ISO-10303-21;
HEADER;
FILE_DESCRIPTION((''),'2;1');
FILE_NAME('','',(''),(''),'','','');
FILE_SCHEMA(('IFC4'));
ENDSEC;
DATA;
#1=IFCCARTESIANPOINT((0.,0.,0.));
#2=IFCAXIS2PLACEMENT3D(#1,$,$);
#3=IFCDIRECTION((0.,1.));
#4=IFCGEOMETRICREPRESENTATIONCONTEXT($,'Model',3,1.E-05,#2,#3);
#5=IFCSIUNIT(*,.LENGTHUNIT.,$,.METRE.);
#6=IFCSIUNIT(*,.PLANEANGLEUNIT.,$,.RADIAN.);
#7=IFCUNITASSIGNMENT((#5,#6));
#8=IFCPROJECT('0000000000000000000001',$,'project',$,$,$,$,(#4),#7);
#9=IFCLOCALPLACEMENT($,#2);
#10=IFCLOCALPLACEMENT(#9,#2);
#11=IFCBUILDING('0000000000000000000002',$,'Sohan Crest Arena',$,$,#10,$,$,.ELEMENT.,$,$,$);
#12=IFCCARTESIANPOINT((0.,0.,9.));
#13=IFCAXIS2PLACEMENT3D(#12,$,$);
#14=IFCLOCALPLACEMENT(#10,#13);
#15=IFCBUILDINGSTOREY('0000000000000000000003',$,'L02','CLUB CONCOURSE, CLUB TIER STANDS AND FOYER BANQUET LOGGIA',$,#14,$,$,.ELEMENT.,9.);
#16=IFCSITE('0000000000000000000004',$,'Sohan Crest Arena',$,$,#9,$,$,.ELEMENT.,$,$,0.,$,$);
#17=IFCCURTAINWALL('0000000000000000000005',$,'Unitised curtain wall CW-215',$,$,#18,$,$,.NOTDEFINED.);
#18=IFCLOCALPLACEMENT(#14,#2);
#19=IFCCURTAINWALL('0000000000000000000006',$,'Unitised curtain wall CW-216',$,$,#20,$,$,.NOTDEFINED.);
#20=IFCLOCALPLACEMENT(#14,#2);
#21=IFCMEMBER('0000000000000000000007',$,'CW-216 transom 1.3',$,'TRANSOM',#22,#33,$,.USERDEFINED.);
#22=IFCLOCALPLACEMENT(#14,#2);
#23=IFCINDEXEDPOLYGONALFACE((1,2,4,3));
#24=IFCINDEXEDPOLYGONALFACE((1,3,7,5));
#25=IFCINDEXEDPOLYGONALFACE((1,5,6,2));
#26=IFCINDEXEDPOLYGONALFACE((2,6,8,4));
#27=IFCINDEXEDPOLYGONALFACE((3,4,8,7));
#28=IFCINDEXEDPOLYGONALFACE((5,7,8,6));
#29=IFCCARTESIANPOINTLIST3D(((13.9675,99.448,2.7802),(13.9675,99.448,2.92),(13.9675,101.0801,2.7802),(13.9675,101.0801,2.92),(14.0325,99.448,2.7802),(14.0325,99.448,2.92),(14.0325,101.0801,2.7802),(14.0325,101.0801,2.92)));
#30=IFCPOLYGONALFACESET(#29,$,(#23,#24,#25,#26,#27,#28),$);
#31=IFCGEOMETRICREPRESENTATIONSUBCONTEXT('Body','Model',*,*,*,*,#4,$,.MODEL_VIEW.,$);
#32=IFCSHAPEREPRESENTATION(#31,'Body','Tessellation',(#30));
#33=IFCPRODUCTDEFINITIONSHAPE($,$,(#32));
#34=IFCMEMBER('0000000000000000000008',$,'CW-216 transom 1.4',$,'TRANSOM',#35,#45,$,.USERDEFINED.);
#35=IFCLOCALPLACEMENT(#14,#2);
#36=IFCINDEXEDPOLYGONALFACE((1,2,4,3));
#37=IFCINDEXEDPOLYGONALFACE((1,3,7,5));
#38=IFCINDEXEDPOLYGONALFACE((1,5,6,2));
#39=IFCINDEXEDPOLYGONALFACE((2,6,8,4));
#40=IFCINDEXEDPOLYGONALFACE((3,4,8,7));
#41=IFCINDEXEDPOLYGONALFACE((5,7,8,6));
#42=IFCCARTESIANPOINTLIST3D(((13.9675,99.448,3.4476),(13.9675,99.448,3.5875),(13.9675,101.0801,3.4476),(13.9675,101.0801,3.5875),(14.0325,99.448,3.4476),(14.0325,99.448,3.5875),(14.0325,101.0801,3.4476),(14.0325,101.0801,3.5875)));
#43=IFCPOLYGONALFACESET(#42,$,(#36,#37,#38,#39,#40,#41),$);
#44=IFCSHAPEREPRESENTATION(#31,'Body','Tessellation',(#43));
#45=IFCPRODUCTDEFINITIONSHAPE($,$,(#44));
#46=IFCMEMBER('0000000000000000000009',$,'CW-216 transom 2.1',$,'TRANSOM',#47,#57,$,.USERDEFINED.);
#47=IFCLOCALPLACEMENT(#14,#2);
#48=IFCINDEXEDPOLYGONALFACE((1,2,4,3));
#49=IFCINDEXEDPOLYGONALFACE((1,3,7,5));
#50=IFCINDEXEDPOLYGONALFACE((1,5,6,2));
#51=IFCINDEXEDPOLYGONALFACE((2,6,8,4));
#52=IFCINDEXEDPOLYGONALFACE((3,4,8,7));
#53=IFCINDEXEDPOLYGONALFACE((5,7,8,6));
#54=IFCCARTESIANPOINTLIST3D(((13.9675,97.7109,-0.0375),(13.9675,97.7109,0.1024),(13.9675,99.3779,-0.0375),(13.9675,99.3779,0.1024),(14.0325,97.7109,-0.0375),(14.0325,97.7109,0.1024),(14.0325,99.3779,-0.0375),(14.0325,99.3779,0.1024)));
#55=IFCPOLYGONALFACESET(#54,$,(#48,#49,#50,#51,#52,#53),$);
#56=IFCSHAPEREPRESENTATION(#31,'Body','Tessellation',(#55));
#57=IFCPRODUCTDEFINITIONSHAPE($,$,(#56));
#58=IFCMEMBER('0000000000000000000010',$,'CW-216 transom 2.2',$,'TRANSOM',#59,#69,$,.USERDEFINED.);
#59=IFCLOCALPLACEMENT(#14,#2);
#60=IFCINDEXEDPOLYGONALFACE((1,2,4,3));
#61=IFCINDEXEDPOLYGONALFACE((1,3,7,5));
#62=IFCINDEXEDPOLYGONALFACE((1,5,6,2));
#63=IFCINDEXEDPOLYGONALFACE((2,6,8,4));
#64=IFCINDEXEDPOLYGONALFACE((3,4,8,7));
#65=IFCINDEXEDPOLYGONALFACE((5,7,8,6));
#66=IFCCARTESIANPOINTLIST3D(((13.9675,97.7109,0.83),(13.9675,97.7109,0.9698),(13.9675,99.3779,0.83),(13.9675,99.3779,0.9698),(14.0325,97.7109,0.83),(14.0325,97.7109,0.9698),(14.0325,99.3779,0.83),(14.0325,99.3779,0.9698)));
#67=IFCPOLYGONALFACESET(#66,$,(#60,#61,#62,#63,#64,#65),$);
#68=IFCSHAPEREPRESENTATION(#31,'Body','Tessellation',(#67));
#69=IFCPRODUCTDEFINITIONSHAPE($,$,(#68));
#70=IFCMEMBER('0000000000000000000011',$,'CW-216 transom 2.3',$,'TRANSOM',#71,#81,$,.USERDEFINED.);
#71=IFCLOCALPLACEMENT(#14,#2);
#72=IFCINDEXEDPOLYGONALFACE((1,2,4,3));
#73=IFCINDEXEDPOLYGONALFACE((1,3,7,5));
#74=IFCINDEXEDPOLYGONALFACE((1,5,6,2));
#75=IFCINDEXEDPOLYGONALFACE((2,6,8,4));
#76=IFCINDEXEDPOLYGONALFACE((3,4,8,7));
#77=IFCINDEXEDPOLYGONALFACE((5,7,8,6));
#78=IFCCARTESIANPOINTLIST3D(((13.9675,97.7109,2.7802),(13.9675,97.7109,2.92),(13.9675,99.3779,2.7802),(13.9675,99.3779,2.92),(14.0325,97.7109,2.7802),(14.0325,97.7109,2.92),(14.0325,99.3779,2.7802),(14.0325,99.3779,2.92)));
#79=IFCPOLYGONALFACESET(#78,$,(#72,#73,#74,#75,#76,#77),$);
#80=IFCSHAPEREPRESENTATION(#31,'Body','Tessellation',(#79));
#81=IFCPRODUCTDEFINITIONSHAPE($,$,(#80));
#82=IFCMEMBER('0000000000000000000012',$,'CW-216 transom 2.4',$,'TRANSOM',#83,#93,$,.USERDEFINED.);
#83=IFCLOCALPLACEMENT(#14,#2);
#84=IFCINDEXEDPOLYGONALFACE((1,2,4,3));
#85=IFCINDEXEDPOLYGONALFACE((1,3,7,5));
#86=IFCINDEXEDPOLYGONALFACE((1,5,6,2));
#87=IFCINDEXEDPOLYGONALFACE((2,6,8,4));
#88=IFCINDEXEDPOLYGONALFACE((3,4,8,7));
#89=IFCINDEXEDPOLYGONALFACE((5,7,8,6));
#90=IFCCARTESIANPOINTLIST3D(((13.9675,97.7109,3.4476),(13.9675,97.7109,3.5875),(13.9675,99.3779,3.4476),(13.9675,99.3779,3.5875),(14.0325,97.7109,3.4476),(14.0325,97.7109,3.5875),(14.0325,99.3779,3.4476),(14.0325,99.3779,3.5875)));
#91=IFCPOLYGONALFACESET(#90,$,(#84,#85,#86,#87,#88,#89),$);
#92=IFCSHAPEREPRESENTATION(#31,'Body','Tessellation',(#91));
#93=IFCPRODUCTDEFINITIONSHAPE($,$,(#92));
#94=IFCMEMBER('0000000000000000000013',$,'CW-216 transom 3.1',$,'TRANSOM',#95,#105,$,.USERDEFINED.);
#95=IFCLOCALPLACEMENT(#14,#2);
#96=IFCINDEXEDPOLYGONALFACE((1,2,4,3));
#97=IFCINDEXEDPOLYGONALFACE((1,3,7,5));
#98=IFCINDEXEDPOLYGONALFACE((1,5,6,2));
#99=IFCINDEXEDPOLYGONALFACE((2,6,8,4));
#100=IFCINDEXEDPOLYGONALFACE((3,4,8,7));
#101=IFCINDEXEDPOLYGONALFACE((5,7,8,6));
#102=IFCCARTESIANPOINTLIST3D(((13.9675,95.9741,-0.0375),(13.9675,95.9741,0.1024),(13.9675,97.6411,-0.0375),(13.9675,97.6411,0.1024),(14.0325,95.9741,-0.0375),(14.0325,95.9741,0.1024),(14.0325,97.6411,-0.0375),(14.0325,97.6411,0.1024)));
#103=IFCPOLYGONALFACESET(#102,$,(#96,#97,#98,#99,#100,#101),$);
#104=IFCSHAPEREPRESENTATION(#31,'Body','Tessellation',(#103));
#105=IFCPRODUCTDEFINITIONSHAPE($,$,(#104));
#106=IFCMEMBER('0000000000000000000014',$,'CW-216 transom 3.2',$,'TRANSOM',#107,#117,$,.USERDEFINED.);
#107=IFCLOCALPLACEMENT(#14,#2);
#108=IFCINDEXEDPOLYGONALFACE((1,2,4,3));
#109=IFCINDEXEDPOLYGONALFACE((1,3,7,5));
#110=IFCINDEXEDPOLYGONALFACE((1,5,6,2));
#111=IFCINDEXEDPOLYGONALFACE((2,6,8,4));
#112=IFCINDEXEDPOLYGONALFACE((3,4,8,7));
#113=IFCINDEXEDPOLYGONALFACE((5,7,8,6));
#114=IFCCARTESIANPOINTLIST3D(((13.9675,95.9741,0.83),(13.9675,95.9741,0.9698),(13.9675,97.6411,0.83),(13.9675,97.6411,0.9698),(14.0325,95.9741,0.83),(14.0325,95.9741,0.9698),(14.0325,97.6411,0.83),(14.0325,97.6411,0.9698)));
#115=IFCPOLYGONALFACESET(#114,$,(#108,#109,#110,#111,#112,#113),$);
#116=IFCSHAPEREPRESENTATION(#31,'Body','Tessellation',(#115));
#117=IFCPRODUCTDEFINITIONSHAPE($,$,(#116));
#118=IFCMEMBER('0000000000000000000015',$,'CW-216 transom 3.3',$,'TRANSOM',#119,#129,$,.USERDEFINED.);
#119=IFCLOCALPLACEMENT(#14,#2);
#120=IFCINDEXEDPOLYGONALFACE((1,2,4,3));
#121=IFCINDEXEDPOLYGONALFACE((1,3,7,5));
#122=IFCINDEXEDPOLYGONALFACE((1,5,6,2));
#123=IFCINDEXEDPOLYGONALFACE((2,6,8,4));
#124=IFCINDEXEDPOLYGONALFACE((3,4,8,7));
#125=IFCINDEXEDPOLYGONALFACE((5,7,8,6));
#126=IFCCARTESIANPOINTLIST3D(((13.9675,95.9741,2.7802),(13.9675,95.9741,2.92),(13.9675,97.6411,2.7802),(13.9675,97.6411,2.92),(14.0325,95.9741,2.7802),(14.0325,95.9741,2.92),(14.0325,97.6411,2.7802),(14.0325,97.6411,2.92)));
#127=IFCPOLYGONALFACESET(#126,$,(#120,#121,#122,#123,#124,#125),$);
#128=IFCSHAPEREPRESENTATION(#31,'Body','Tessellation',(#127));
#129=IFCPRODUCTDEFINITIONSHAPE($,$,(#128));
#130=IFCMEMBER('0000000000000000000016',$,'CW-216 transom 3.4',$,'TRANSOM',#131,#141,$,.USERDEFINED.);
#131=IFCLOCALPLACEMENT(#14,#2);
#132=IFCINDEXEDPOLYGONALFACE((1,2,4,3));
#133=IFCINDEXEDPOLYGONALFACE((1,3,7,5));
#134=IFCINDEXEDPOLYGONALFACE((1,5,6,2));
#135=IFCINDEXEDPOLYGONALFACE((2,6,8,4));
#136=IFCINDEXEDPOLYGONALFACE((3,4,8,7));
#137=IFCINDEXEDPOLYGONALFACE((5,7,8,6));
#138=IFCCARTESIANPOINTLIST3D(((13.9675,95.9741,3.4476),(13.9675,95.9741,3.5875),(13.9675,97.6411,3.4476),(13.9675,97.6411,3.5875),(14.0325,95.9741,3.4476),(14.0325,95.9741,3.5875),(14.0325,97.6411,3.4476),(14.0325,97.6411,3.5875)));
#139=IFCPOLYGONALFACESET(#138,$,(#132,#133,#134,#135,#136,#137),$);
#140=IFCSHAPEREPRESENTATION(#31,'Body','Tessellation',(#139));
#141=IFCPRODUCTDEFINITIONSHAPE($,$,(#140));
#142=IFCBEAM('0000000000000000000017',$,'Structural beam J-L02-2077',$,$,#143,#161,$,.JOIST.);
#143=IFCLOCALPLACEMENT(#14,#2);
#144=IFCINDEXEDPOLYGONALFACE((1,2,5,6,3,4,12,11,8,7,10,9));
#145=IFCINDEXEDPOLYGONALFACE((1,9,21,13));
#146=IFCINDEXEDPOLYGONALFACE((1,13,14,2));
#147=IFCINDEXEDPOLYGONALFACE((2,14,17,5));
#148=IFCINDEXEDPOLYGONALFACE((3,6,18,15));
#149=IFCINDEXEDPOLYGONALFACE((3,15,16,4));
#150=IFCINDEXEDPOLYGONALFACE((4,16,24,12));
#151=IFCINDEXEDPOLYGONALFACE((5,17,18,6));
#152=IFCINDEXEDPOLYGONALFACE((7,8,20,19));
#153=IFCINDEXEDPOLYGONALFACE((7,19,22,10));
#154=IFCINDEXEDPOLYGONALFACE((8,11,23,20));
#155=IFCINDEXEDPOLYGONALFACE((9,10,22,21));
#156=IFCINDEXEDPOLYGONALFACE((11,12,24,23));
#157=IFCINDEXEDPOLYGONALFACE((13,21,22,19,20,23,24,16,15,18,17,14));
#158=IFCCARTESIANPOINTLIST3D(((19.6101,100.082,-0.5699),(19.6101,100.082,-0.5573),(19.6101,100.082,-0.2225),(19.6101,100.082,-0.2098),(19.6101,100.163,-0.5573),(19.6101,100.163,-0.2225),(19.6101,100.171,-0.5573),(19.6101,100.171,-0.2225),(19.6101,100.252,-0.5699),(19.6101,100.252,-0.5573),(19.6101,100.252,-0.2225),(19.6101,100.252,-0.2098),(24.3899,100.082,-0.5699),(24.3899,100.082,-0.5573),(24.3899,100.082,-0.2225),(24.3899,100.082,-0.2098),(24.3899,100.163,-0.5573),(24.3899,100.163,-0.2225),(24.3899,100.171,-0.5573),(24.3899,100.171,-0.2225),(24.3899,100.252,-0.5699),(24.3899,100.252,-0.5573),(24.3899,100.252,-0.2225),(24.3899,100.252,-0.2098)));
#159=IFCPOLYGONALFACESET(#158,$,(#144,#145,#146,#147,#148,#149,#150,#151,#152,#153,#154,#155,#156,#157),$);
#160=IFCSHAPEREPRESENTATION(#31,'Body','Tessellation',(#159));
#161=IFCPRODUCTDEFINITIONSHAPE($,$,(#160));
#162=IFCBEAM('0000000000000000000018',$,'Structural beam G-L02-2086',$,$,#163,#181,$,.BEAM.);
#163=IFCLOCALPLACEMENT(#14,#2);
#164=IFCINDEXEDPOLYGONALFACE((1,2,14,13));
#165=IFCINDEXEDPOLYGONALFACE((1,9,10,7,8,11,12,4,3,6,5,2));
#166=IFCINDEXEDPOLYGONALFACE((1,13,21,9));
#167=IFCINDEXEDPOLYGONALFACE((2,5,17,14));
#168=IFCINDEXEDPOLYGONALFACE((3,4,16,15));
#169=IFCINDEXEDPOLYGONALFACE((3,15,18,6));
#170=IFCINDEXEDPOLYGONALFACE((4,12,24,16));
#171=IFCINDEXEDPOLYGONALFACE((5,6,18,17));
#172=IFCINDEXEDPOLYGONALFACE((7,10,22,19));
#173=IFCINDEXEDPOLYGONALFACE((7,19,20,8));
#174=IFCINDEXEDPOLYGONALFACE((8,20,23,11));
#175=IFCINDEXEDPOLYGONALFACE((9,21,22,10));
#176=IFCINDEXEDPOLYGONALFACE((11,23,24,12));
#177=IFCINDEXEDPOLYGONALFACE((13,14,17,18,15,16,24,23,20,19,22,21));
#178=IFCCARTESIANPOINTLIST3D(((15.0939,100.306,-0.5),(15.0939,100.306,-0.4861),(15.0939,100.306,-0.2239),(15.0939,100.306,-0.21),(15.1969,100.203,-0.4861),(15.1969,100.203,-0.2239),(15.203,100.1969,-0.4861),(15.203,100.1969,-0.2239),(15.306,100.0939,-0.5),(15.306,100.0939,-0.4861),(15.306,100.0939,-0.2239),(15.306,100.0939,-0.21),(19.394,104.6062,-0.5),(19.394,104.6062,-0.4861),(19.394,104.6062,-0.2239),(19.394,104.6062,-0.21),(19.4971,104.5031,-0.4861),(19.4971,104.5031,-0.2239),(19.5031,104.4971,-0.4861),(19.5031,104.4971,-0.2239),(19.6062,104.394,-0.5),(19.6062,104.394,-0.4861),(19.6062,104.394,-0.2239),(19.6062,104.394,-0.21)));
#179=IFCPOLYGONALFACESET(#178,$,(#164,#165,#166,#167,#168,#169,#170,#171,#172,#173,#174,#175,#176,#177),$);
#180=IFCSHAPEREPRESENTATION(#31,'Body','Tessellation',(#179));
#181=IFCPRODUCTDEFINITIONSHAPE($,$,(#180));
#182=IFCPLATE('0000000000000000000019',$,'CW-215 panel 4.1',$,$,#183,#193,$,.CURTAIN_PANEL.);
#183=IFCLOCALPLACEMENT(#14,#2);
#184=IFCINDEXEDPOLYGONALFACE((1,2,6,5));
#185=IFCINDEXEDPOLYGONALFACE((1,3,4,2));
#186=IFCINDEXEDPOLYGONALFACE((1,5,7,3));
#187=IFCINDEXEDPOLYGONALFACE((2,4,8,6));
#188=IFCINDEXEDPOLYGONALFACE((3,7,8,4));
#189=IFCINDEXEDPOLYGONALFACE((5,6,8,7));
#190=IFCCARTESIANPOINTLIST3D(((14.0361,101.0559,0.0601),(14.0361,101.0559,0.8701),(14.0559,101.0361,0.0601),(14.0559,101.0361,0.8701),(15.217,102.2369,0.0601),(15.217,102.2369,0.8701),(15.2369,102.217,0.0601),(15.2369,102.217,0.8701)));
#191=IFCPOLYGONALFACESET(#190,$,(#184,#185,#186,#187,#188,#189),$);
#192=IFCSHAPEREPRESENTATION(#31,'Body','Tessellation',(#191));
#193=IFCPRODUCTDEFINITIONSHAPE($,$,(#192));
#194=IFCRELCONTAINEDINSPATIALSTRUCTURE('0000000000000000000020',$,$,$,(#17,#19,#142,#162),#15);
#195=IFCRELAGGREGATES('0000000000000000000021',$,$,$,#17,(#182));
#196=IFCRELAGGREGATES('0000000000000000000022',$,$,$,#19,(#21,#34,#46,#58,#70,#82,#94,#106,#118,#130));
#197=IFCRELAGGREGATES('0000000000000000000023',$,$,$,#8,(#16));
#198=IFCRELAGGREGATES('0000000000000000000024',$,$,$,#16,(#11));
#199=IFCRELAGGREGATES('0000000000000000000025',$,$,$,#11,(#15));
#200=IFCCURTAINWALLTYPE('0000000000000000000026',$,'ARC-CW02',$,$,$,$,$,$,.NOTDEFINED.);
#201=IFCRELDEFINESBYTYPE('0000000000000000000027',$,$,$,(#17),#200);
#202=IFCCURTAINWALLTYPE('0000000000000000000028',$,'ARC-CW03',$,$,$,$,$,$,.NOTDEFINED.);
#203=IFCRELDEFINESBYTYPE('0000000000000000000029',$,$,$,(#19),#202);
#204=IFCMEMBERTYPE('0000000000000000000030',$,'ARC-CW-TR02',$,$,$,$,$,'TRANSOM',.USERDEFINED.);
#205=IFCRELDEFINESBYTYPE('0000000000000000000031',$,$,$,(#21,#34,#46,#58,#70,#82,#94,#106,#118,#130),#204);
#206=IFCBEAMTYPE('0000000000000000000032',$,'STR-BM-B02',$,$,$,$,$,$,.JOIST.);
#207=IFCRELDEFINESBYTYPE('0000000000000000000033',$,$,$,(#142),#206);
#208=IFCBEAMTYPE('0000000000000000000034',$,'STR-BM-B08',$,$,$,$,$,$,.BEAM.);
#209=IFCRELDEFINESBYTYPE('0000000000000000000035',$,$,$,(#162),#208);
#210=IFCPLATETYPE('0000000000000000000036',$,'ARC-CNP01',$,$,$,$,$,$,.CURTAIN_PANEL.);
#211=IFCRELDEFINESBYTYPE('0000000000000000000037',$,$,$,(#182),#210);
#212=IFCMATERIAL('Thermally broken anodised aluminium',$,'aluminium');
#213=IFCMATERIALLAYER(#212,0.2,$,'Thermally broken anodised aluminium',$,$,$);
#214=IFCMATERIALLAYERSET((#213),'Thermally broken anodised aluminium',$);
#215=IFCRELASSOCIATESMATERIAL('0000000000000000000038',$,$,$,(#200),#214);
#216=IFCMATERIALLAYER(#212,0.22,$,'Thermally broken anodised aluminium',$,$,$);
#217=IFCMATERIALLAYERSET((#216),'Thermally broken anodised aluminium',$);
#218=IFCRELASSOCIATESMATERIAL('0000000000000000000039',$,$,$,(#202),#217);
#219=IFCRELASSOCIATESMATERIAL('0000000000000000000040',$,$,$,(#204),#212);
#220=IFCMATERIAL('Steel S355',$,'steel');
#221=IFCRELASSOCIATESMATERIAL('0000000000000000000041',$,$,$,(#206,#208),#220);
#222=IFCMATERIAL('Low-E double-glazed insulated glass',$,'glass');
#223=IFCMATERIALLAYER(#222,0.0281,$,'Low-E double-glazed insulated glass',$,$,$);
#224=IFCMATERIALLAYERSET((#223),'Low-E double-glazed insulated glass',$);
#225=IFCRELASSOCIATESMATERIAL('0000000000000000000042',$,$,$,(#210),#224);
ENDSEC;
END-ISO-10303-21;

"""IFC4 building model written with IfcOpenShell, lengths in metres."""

from ifc_helpers import new_model, si_unit, direction, frame, origin, origin_2d, place, context, subcontext, project, spatial, rectangle, i_section, extrude, material, layer, layer_set, material_profile, profile_set, type_object, element, aggregate, save


model = new_model("IFC4")

# Units and contexts
model_context = context("Model", 3, precision=1e-05, world=origin(), true_north=direction((0.0, 1.0)))
body_context = subcontext(model_context, "Body", "Model", "MODEL_VIEW")
ifc_project = project(units=[si_unit("LENGTHUNIT", "METRE"), si_unit("PLANEANGLEUNIT", "RADIAN")], contexts=[model_context])

# Site, building, storey
site_placement = place(None, origin())
site = spatial("IfcSite", under=ifc_project, at=site_placement, Name="Sohan Crest Arena", CompositionType="ELEMENT", RefElevation=0.0)
building_placement = place(site_placement, origin())
building = spatial("IfcBuilding", under=site, at=building_placement, Name="Sohan Crest Arena", CompositionType="ELEMENT")
storey_placement = place(building_placement, frame((0.0, 0.0, 9.0)))
storey = spatial("IfcBuildingStorey", under=building, at=storey_placement, Name="L02", Description="CLUB CONCOURSE, CLUB TIER STANDS AND FOYER BANQUET LOGGIA", CompositionType="ELEMENT", Elevation=9.0)

# Curtain walls
ifc_material_1 = material(Name="Thermally broken anodised aluminium", Category="aluminium")
ifc_layer_1 = layer(ifc_material_1, 0.2, Name="Thermally broken anodised aluminium")
ifc_layer_set_1 = layer_set([ifc_layer_1], Name="Thermally broken anodised aluminium")
curtain_wall_type_1 = type_object("IfcCurtainWallType", Name="ARC-CW02", PredefinedType="NOTDEFINED", material=ifc_layer_set_1)
curtain_wall_1_placement = place(storey_placement, origin())
curtain_wall_1 = element("IfcCurtainWall", 1, at=curtain_wall_1_placement, inside=storey, type_object=curtain_wall_type_1, Name="Unitised curtain wall CW-215", PredefinedType="NOTDEFINED")
ifc_layer_2 = layer(ifc_material_1, 0.22, Name="Thermally broken anodised aluminium")
ifc_layer_set_2 = layer_set([ifc_layer_2], Name="Thermally broken anodised aluminium")
curtain_wall_type_2 = type_object("IfcCurtainWallType", Name="ARC-CW03", PredefinedType="NOTDEFINED", material=ifc_layer_set_2)
curtain_wall_2_placement = place(storey_placement, origin())
curtain_wall_2 = element("IfcCurtainWall", 2, at=curtain_wall_2_placement, inside=storey, type_object=curtain_wall_type_2, Name="Unitised curtain wall CW-216", PredefinedType="NOTDEFINED")

# Members
ifc_material_profile_1 = material_profile(ifc_material_1, rectangle(XDim=0.0649, YDim=0.1399, at=origin_2d()), Name="ALU-TRAN 65x140")
ifc_profile_set_1 = profile_set([ifc_material_profile_1], Name="Thermally broken anodised aluminium")
member_type_1 = type_object("IfcMemberType", Name="ARC-CW-TR02", ElementType="TRANSOM", PredefinedType="USERDEFINED", material=ifc_profile_set_1)
member_1_placement = place(storey_placement, frame((14.0, 101.0801, 2.8501), z_axis=(0.0, -1.0, 0.0), x_axis=(1.0, 0.0, 0.0)))
member_1 = element("IfcMember", 3, at=member_1_placement, type_object=member_type_1, Name="CW-216 transom 1.3", ObjectType="TRANSOM", PredefinedType="USERDEFINED", context=body_context, shape_type="SweptSolid", body=[
    extrude(rectangle(XDim=0.0649, YDim=0.1399, at=origin_2d()), origin(), (0.0, 0.0, 1.0), 1.6321),
])
member_2_placement = place(storey_placement, frame((14.0, 101.0801, 3.5176), z_axis=(0.0, -1.0, 0.0), x_axis=(1.0, 0.0, 0.0)))
member_2 = element("IfcMember", 4, at=member_2_placement, type_object=member_type_1, Name="CW-216 transom 1.4", ObjectType="TRANSOM", PredefinedType="USERDEFINED", context=body_context, shape_type="SweptSolid", body=[
    extrude(rectangle(XDim=0.0649, YDim=0.1399, at=origin_2d()), origin(), (0.0, 0.0, 1.0), 1.6321),
])
member_3_placement = place(storey_placement, frame((14.0, 99.3779, 0.0325), z_axis=(0.0, -1.0, 0.0), x_axis=(1.0, 0.0, 0.0)))
member_3 = element("IfcMember", 5, at=member_3_placement, type_object=member_type_1, Name="CW-216 transom 2.1", ObjectType="TRANSOM", PredefinedType="USERDEFINED", context=body_context, shape_type="SweptSolid", body=[
    extrude(rectangle(XDim=0.0649, YDim=0.1399, at=origin_2d()), origin(), (0.0, 0.0, 1.0), 1.667),
])
member_4_placement = place(storey_placement, frame((14.0, 99.3779, 0.8999), z_axis=(0.0, -1.0, 0.0), x_axis=(1.0, 0.0, 0.0)))
member_4 = element("IfcMember", 6, at=member_4_placement, type_object=member_type_1, Name="CW-216 transom 2.2", ObjectType="TRANSOM", PredefinedType="USERDEFINED", context=body_context, shape_type="SweptSolid", body=[
    extrude(rectangle(XDim=0.0649, YDim=0.1399, at=origin_2d()), origin(), (0.0, 0.0, 1.0), 1.667),
])
member_5_placement = place(storey_placement, frame((14.0, 99.3779, 2.8501), z_axis=(0.0, -1.0, 0.0), x_axis=(1.0, 0.0, 0.0)))
member_5 = element("IfcMember", 7, at=member_5_placement, type_object=member_type_1, Name="CW-216 transom 2.3", ObjectType="TRANSOM", PredefinedType="USERDEFINED", context=body_context, shape_type="SweptSolid", body=[
    extrude(rectangle(XDim=0.0649, YDim=0.1399, at=origin_2d()), origin(), (0.0, 0.0, 1.0), 1.667),
])
member_6_placement = place(storey_placement, frame((14.0, 99.3779, 3.5176), z_axis=(0.0, -1.0, 0.0), x_axis=(1.0, 0.0, 0.0)))
member_6 = element("IfcMember", 8, at=member_6_placement, type_object=member_type_1, Name="CW-216 transom 2.4", ObjectType="TRANSOM", PredefinedType="USERDEFINED", context=body_context, shape_type="SweptSolid", body=[
    extrude(rectangle(XDim=0.0649, YDim=0.1399, at=origin_2d()), origin(), (0.0, 0.0, 1.0), 1.667),
])
member_7_placement = place(storey_placement, frame((14.0, 97.6411, 0.0325), z_axis=(0.0, -1.0, 0.0), x_axis=(1.0, 0.0, 0.0)))
member_7 = element("IfcMember", 9, at=member_7_placement, type_object=member_type_1, Name="CW-216 transom 3.1", ObjectType="TRANSOM", PredefinedType="USERDEFINED", context=body_context, shape_type="SweptSolid", body=[
    extrude(rectangle(XDim=0.0649, YDim=0.1399, at=origin_2d()), origin(), (0.0, 0.0, 1.0), 1.667),
])
member_8_placement = place(storey_placement, frame((14.0, 97.6411, 0.8999), z_axis=(0.0, -1.0, 0.0), x_axis=(1.0, 0.0, 0.0)))
member_8 = element("IfcMember", 10, at=member_8_placement, type_object=member_type_1, Name="CW-216 transom 3.2", ObjectType="TRANSOM", PredefinedType="USERDEFINED", context=body_context, shape_type="SweptSolid", body=[
    extrude(rectangle(XDim=0.0649, YDim=0.1399, at=origin_2d()), origin(), (0.0, 0.0, 1.0), 1.667),
])
member_9_placement = place(storey_placement, frame((14.0, 97.6411, 2.8501), z_axis=(0.0, -1.0, 0.0), x_axis=(1.0, 0.0, 0.0)))
member_9 = element("IfcMember", 11, at=member_9_placement, type_object=member_type_1, Name="CW-216 transom 3.3", ObjectType="TRANSOM", PredefinedType="USERDEFINED", context=body_context, shape_type="SweptSolid", body=[
    extrude(rectangle(XDim=0.0649, YDim=0.1399, at=origin_2d()), origin(), (0.0, 0.0, 1.0), 1.667),
])
member_10_placement = place(storey_placement, frame((14.0, 97.6411, 3.5176), z_axis=(0.0, -1.0, 0.0), x_axis=(1.0, 0.0, 0.0)))
member_10 = element("IfcMember", 12, at=member_10_placement, type_object=member_type_1, Name="CW-216 transom 3.4", ObjectType="TRANSOM", PredefinedType="USERDEFINED", context=body_context, shape_type="SweptSolid", body=[
    extrude(rectangle(XDim=0.0649, YDim=0.1399, at=origin_2d()), origin(), (0.0, 0.0, 1.0), 1.667),
])

# Beams
ifc_material_2 = material(Name="Steel S355", Category="steel")
ifc_material_profile_2 = material_profile(ifc_material_2, i_section(OverallWidth=0.1699, OverallDepth=0.3601, WebThickness=0.0081, FlangeThickness=0.0127, at=origin_2d()), Name="IPE 360")
ifc_profile_set_2 = profile_set([ifc_material_profile_2], Name="Steel S355")
beam_type_1 = type_object("IfcBeamType", Name="STR-BM-B02", PredefinedType="JOIST", material=ifc_profile_set_2)
beam_1_placement = place(storey_placement, frame((19.6101, 100.167, -0.3899), z_axis=(1.0, 0.0, 0.0), x_axis=(0.0, 1.0, 0.0)))
element("IfcBeam", 13, at=beam_1_placement, inside=storey, type_object=beam_type_1, Name="Structural beam J-L02-2077", PredefinedType="JOIST", context=body_context, shape_type="SweptSolid", body=[
    extrude(i_section(OverallWidth=0.1699, OverallDepth=0.3601, WebThickness=0.0081, FlangeThickness=0.0127, at=origin_2d()), origin(), (0.0, 0.0, 1.0), 4.7798),
])
ifc_material_profile_3 = material_profile(ifc_material_2, i_section(OverallWidth=0.3, OverallDepth=0.29, WebThickness=0.0085, FlangeThickness=0.0139, at=origin_2d()), Name="HEA 300")
ifc_profile_set_3 = profile_set([ifc_material_profile_3], Name="Steel S355")
beam_type_2 = type_object("IfcBeamType", Name="STR-BM-B08", PredefinedType="BEAM", material=ifc_profile_set_3)
beam_2_placement = place(storey_placement, frame((15.2, 100.2, -0.355), z_axis=(0.707107, 0.707107, 0.0), x_axis=(-0.707107, 0.707107, 0.0)))
element("IfcBeam", 14, at=beam_2_placement, inside=storey, type_object=beam_type_2, Name="Structural beam G-L02-2086", PredefinedType="BEAM", context=body_context, shape_type="SweptSolid", body=[
    extrude(i_section(OverallWidth=0.3, OverallDepth=0.29, WebThickness=0.0085, FlangeThickness=0.0139, at=origin_2d()), origin(), (0.0, 0.0, 1.0), 6.0813),
])

# Plate
ifc_material_3 = material(Name="Low-E double-glazed insulated glass", Category="glass")
ifc_layer_3 = layer(ifc_material_3, 0.0281, Name="Low-E double-glazed insulated glass")
ifc_layer_set_3 = layer_set([ifc_layer_3], Name="Low-E double-glazed insulated glass")
plate_type = type_object("IfcPlateType", Name="ARC-CNP01", PredefinedType="CURTAIN_PANEL", material=ifc_layer_set_3)
plate_1_placement = place(storey_placement, frame((14.6365, 101.6365, 0.0601), z_axis=(0.0, 0.0, 1.0), x_axis=(-0.707107, -0.707107, 0.0)))
plate_1 = element("IfcPlate", 15, at=plate_1_placement, type_object=plate_type, Name="CW-215 panel 4.1", PredefinedType="CURTAIN_PANEL", context=body_context, shape_type="SweptSolid", body=[
    extrude(rectangle(XDim=1.6702, YDim=0.0281, at=origin_2d()), origin(), (0.0, 0.0, 1.0), 0.8101),
])
aggregate(curtain_wall_1, [plate_1])
aggregate(curtain_wall_2, [member_1, member_2, member_3, member_4, member_5, member_6, member_7, member_8, member_9, member_10])

save(model, "model.ifc")
